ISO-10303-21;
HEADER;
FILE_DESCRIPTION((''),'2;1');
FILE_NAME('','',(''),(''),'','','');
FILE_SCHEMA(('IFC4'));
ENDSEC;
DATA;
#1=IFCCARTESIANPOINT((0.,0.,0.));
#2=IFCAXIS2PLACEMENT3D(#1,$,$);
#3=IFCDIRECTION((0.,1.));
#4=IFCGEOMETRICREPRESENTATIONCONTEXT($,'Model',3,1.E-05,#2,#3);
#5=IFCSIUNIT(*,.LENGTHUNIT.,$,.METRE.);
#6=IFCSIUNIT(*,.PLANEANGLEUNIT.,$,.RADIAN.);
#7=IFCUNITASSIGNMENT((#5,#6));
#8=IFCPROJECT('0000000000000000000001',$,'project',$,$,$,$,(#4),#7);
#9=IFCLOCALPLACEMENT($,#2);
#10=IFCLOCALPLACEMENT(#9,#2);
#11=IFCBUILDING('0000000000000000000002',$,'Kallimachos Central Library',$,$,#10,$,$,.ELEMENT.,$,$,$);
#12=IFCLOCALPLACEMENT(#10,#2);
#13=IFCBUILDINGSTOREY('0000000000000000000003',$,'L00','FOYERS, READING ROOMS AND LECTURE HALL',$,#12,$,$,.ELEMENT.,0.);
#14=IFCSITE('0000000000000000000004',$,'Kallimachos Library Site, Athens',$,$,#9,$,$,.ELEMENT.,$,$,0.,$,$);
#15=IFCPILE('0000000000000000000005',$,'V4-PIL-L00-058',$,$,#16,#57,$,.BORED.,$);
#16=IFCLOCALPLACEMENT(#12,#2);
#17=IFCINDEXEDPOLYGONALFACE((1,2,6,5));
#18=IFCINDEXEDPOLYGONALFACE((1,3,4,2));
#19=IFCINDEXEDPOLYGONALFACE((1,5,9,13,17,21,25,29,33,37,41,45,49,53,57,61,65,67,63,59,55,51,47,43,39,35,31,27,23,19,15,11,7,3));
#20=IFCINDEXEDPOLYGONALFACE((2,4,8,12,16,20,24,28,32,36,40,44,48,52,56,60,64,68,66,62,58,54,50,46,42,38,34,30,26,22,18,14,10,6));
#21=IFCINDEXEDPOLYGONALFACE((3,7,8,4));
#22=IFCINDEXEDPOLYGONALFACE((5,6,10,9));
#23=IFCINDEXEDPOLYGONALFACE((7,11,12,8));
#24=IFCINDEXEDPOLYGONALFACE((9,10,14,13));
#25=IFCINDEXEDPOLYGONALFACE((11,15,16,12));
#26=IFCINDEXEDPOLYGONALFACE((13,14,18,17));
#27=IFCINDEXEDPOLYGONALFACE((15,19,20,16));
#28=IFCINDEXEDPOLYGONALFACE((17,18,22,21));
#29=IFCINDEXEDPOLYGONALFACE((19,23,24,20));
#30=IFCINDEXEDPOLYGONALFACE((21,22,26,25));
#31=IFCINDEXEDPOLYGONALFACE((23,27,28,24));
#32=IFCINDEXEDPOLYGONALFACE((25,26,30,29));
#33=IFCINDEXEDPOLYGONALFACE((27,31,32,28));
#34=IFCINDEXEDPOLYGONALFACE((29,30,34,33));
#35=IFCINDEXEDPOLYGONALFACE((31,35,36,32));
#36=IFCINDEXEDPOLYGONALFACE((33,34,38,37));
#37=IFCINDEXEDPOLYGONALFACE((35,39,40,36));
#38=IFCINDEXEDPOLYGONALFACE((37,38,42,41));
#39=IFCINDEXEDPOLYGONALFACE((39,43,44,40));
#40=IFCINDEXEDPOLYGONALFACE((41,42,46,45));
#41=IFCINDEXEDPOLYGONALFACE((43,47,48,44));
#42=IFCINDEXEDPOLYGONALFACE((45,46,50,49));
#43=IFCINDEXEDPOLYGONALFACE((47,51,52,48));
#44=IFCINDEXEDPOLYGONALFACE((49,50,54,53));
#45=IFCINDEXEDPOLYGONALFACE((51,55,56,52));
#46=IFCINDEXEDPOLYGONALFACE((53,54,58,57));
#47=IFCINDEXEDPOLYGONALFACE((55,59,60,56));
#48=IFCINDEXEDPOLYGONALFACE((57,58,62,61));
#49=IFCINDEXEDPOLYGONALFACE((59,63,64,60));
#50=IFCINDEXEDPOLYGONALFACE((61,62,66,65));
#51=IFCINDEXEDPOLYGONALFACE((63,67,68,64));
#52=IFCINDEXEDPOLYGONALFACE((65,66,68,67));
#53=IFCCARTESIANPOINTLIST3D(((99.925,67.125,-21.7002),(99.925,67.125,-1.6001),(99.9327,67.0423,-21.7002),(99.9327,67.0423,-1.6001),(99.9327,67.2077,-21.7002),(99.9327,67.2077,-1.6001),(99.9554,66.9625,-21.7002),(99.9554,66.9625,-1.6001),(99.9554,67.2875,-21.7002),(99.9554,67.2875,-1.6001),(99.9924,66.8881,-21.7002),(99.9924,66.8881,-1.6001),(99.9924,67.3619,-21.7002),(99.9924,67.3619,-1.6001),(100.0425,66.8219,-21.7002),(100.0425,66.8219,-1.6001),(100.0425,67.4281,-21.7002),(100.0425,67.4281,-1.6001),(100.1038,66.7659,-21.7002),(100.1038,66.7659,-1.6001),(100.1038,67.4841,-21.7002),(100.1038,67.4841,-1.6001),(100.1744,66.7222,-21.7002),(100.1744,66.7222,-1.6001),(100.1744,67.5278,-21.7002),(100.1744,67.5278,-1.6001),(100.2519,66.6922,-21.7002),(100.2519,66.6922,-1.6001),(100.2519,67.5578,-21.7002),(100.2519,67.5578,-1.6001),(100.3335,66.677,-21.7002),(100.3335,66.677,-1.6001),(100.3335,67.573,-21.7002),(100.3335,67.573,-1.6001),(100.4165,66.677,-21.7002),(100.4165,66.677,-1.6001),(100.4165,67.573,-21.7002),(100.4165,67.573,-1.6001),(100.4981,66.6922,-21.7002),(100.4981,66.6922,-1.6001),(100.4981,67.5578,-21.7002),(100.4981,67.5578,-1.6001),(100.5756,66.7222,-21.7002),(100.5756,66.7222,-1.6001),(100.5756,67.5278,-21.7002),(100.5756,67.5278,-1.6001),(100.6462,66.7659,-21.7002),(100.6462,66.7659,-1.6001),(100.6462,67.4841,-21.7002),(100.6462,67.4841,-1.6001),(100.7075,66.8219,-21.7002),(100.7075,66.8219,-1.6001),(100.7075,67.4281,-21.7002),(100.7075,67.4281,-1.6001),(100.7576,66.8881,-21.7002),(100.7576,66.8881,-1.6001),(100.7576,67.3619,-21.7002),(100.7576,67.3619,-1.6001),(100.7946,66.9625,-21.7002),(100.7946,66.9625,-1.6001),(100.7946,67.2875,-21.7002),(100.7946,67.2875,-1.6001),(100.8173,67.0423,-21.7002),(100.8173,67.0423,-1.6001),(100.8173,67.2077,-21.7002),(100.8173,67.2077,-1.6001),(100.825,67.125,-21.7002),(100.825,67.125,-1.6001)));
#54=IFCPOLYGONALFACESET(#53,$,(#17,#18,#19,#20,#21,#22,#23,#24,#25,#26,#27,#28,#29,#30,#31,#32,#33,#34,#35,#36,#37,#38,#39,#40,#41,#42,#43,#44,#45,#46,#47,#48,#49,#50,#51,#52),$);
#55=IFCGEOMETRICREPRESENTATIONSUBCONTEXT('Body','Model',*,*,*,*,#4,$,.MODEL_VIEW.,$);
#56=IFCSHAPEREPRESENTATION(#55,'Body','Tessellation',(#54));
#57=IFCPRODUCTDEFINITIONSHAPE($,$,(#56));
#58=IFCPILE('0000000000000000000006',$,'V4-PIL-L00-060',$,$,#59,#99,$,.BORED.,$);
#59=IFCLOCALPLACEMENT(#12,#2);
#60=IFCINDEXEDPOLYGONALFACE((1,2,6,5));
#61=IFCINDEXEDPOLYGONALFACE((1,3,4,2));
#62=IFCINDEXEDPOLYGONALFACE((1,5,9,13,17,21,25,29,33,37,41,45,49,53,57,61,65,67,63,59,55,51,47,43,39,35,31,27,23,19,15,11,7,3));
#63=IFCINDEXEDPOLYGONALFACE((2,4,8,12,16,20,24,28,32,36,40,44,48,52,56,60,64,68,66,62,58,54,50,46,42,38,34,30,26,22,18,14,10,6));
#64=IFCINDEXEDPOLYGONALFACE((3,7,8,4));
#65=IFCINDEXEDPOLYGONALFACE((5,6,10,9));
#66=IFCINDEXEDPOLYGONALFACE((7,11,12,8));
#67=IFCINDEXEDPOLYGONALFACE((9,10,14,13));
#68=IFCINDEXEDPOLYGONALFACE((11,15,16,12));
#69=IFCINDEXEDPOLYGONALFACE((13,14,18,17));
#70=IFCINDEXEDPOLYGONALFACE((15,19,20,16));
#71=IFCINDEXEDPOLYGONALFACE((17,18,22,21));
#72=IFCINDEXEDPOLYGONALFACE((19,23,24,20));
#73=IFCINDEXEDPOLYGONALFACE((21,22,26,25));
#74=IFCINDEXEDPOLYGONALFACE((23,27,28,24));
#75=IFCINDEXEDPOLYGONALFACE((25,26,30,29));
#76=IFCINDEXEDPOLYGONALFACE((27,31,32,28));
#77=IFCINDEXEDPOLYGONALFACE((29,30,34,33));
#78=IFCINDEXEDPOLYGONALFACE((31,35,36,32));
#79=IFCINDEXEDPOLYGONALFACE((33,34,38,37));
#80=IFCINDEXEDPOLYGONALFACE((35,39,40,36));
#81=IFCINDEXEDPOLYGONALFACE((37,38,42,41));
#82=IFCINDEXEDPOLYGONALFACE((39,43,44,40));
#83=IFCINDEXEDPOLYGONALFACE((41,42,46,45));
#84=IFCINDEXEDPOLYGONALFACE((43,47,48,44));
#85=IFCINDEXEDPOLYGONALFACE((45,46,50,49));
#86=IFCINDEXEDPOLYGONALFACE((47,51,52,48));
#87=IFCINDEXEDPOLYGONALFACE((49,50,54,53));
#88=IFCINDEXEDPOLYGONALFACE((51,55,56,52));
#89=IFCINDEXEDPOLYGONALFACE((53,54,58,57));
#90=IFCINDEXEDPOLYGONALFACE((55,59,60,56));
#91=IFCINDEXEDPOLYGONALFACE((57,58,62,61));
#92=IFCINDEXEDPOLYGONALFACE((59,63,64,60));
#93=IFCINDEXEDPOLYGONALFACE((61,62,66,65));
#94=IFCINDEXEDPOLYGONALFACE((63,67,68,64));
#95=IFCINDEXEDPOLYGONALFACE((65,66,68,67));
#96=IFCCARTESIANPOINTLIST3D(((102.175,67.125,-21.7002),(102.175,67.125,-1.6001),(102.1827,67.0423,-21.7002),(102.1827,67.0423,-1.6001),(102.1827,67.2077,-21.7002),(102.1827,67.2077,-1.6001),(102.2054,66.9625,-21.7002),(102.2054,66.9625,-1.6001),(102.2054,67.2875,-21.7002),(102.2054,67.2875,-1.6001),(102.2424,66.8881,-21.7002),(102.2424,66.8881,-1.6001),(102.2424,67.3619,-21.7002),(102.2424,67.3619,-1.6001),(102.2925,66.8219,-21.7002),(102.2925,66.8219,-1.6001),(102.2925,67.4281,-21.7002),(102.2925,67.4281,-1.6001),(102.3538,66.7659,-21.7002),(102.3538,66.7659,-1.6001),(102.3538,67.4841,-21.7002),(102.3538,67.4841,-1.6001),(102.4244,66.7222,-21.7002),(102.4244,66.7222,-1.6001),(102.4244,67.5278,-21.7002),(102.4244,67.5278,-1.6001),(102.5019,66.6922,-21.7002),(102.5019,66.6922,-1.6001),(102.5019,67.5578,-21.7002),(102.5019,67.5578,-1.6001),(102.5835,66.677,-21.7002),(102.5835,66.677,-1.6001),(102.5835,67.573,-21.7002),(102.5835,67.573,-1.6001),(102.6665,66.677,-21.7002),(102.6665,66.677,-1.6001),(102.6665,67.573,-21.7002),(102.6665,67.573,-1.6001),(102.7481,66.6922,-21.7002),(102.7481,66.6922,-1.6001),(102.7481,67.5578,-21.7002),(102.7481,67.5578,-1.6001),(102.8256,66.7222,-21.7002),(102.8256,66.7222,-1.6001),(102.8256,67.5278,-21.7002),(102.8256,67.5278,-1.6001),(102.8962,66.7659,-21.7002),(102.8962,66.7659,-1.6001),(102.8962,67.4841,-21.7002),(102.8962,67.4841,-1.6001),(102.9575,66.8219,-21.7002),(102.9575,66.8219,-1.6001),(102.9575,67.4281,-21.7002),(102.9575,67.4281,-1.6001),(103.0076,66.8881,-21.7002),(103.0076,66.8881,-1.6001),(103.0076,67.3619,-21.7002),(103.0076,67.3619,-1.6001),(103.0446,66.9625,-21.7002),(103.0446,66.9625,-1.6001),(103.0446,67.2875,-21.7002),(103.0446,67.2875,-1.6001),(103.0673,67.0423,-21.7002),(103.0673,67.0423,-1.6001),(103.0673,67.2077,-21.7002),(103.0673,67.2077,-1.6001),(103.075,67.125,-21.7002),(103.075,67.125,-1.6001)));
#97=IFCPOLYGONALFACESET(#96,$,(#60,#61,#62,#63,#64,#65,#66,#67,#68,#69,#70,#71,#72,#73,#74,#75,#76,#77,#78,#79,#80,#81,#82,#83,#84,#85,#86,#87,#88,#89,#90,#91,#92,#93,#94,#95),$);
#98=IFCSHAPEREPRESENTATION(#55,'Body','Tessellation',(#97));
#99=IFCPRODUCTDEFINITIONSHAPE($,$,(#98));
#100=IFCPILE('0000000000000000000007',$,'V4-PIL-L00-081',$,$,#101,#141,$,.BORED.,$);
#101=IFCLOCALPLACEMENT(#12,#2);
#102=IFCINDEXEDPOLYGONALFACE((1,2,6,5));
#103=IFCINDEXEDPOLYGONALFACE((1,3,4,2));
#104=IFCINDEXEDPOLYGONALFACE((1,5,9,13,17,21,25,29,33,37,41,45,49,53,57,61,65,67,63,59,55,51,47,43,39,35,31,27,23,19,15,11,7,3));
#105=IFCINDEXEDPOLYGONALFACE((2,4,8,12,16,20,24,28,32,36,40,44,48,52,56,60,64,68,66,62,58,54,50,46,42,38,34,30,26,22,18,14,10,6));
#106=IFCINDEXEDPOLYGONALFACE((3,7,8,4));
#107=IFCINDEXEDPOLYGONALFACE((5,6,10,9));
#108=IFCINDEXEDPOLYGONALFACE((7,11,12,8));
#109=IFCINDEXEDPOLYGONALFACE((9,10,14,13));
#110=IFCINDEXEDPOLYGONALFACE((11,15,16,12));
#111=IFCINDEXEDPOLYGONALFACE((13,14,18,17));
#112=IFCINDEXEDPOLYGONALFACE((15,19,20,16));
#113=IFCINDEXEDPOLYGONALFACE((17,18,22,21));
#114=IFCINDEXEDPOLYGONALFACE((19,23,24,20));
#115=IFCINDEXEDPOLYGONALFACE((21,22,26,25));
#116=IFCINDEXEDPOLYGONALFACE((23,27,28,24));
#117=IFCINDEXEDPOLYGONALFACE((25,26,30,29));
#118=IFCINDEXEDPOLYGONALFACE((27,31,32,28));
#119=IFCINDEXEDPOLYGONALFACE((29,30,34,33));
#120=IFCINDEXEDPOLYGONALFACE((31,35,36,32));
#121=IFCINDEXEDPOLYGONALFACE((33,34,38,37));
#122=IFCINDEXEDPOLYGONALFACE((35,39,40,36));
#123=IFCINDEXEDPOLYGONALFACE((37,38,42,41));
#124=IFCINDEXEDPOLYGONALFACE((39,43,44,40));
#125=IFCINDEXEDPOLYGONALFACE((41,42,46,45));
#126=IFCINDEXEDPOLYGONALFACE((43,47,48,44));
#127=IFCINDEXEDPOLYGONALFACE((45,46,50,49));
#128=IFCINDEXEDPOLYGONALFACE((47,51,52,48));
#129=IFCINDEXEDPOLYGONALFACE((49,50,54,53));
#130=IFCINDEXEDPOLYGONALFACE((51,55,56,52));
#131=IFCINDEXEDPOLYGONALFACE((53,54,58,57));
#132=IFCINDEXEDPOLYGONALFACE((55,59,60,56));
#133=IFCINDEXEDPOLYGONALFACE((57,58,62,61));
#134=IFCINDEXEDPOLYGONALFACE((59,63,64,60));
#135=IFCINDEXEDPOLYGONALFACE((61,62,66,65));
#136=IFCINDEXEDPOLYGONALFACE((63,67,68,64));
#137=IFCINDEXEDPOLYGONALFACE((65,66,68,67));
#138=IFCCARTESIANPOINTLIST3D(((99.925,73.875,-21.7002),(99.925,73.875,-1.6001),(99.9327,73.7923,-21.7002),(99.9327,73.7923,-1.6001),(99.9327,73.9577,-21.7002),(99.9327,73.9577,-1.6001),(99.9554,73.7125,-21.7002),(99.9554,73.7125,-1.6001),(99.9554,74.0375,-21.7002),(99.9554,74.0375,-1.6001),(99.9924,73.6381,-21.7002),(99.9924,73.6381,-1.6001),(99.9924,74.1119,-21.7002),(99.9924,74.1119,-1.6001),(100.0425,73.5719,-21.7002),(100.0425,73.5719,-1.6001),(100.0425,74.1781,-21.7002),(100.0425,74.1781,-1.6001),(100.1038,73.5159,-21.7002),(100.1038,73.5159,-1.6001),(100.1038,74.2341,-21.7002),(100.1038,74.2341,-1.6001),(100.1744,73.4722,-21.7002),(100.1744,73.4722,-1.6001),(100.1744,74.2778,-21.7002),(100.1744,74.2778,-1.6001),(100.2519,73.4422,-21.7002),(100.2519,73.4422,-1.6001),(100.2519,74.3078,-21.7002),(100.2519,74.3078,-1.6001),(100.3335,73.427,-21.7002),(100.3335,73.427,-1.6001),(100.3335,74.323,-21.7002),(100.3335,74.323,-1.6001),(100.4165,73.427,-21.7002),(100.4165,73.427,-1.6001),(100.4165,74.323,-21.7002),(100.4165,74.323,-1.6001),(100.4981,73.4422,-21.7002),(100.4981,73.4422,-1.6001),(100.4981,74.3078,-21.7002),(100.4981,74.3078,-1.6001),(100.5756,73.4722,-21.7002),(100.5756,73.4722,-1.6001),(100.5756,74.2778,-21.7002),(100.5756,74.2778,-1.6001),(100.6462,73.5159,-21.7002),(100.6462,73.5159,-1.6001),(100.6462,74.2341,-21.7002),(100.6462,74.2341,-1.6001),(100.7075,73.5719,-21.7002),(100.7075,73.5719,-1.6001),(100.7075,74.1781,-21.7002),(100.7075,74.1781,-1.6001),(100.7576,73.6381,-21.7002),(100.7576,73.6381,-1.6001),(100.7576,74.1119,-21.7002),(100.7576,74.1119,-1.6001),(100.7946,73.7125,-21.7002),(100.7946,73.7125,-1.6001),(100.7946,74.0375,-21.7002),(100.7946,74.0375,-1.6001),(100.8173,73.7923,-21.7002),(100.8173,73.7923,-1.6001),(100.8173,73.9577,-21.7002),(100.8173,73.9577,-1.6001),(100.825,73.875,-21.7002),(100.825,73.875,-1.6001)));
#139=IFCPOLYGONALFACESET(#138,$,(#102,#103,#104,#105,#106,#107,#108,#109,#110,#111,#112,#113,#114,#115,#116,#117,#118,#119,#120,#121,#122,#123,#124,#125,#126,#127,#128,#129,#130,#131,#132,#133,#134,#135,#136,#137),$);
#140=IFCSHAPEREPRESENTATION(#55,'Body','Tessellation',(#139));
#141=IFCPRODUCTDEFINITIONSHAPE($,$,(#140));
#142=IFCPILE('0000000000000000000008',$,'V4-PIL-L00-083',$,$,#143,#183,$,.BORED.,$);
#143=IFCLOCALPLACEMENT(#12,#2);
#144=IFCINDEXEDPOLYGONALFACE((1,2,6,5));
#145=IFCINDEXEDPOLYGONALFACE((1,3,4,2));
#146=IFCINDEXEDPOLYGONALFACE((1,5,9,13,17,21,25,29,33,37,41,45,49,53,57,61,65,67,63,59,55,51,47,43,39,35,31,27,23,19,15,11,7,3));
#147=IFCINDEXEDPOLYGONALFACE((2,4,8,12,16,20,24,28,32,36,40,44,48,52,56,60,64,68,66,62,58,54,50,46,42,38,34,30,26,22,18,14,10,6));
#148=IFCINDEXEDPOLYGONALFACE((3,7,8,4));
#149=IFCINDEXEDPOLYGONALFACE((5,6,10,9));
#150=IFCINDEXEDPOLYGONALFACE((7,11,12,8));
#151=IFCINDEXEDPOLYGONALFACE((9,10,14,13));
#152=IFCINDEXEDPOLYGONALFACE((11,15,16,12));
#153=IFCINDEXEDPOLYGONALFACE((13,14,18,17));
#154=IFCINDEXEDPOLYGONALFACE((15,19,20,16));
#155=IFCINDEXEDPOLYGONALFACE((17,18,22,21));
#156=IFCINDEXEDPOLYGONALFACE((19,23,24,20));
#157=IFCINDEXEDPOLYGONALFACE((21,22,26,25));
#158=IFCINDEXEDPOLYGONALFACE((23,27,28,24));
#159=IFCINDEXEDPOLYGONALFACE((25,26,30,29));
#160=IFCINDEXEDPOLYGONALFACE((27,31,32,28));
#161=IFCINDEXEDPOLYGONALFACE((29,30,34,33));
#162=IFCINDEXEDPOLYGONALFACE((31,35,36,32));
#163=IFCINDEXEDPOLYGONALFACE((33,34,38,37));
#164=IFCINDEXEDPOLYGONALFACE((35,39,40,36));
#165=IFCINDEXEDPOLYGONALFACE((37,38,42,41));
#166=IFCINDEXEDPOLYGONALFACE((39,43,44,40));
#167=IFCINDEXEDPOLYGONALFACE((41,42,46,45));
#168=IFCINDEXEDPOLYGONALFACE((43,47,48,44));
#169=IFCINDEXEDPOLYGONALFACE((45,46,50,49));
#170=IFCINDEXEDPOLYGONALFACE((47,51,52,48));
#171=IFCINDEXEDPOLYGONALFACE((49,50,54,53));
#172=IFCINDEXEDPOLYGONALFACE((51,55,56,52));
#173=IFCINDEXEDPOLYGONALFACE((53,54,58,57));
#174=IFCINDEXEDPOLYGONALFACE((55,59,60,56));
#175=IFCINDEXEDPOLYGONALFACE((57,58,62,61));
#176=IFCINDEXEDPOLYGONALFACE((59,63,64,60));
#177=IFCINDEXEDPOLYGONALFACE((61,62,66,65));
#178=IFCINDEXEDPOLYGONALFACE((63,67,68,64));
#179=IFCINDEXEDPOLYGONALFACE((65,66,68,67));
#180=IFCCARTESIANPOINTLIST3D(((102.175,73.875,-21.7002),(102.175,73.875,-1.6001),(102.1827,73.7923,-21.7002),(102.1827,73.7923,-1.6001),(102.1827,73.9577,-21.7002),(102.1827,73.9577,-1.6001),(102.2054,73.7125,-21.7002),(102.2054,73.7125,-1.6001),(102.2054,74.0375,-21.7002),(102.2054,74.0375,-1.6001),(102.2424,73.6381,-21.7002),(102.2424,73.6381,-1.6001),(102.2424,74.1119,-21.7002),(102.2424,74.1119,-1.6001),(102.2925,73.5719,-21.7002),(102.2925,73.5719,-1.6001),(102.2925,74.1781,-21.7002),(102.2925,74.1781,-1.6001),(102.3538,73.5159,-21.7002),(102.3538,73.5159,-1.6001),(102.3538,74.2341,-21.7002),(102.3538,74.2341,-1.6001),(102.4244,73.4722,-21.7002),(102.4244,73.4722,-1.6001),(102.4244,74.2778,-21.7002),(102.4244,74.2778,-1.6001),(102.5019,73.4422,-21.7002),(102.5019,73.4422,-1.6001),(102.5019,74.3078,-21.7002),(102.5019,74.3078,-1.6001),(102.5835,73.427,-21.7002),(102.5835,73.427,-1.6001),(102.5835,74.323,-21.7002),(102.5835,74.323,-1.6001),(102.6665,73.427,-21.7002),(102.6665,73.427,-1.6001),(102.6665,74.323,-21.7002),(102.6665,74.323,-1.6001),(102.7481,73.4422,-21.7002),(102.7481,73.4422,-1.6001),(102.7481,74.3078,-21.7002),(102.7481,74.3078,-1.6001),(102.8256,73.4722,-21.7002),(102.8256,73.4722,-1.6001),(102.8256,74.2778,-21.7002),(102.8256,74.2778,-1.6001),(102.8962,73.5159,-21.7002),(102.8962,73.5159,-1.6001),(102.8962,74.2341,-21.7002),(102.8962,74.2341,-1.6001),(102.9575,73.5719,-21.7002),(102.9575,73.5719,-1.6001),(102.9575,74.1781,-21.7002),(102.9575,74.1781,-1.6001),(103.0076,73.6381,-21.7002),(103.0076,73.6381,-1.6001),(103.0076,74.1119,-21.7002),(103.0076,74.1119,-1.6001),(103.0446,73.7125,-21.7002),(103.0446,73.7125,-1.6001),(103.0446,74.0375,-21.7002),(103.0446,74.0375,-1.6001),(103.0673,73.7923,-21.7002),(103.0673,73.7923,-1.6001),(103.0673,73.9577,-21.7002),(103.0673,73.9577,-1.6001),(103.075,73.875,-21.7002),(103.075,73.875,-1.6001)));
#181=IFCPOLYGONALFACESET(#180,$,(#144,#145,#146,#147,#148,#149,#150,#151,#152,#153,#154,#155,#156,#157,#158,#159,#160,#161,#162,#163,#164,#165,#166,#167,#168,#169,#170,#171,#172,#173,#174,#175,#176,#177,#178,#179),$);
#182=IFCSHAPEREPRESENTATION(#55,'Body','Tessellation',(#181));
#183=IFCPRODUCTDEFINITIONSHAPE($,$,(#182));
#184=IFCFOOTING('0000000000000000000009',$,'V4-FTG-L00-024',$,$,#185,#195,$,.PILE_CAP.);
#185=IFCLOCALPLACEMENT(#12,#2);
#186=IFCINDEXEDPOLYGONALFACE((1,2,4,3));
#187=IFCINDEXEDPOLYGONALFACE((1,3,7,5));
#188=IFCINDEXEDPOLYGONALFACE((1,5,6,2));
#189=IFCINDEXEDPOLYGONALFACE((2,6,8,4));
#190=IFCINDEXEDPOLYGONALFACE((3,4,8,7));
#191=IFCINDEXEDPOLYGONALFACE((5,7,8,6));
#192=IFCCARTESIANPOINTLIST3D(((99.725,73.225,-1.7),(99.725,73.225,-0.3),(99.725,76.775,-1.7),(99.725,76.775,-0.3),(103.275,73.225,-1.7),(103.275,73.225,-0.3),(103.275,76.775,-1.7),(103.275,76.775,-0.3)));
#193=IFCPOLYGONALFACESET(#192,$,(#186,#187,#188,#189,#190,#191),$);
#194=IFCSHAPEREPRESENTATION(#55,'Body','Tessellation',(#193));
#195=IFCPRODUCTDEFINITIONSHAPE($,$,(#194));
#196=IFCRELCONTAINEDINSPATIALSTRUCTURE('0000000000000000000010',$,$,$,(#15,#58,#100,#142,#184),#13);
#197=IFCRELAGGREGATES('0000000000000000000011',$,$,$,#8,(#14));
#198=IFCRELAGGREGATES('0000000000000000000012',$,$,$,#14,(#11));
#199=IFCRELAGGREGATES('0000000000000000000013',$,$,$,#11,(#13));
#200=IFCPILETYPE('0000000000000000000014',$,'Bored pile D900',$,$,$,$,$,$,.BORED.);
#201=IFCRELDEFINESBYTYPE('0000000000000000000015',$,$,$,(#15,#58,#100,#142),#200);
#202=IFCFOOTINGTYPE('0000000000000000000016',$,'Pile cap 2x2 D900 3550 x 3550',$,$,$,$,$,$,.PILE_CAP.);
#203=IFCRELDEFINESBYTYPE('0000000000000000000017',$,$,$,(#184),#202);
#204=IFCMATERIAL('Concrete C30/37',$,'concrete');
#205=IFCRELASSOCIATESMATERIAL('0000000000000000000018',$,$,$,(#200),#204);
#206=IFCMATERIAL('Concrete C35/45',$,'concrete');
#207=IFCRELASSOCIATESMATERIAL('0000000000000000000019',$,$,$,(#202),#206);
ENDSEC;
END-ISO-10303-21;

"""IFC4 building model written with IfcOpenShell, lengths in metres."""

from ifc_helpers import new_model, si_unit, direction, frame, origin, origin_2d, place, context, subcontext, project, spatial, rectangle, circle, extrude, material, type_object, element, save


model = new_model("IFC4")

# Units and contexts
model_context = context("Model", 3, precision=1e-05, world=origin(), true_north=direction((0.0, 1.0)))
body_context = subcontext(model_context, "Body", "Model", "MODEL_VIEW")
ifc_project = project(units=[si_unit("LENGTHUNIT", "METRE"), si_unit("PLANEANGLEUNIT", "RADIAN")], contexts=[model_context])

# Site, building, storey
site_placement = place(None, origin())
site = spatial("IfcSite", under=ifc_project, at=site_placement, Name="Kallimachos Library Site, Athens", CompositionType="ELEMENT", RefElevation=0.0)
building_placement = place(site_placement, origin())
building = spatial("IfcBuilding", under=site, at=building_placement, Name="Kallimachos Central Library", CompositionType="ELEMENT")
storey_placement = place(building_placement, origin())
storey = spatial("IfcBuildingStorey", under=building, at=storey_placement, Name="L00", Description="FOYERS, READING ROOMS AND LECTURE HALL", CompositionType="ELEMENT", Elevation=0.0)

# Piles
ifc_material_1 = material(Name="Concrete C30/37", Category="concrete")
pile_type = type_object("IfcPileType", Name="Bored pile D900", PredefinedType="BORED", material=ifc_material_1)
for number, where, z_axis, x_axis, name in (
    (1, (100.375, 67.125, -1.6001), (0.0, 0.0, -1.0), (1.0, 0.0, 0.0), "V4-PIL-L00-058"),
    (2, (102.625, 67.125, -1.6001), (0.0, 0.0, -1.0), (1.0, 0.0, 0.0), "V4-PIL-L00-060"),
    (3, (100.375, 73.875, -1.6001), (0.0, 0.0, -1.0), (1.0, 0.0, 0.0), "V4-PIL-L00-081"),
    (4, (102.625, 73.875, -1.6001), (0.0, 0.0, -1.0), (1.0, 0.0, 0.0), "V4-PIL-L00-083"),
):
    element("IfcPile", number, at=place(storey_placement, frame(where, z_axis=z_axis, x_axis=x_axis)), inside=storey, type_object=pile_type, Name=name, PredefinedType="BORED", context=body_context, shape_type="SweptSolid", body=[
        extrude(circle(Radius=0.45, at=origin_2d()), origin(), (0.0, 0.0, 1.0), 20.1001),
    ])

# Footing
ifc_material_2 = material(Name="Concrete C35/45", Category="concrete")
footing_type = type_object("IfcFootingType", Name="Pile cap 2x2 D900 3550 x 3550", PredefinedType="PILE_CAP", material=ifc_material_2)
footing_placement = place(storey_placement, frame((101.5, 75.0, -1.7), z_axis=(0.0, 0.0, 1.0), x_axis=(1.0, 0.0, 0.0)))
element("IfcFooting", 5, at=footing_placement, inside=storey, type_object=footing_type, Name="V4-FTG-L00-024", PredefinedType="PILE_CAP", context=body_context, shape_type="SweptSolid", body=[
    extrude(rectangle(XDim=3.55, YDim=3.55, at=origin_2d()), origin(), (0.0, 0.0, 1.0), 1.3999),
])

save(model, "model.ifc")
